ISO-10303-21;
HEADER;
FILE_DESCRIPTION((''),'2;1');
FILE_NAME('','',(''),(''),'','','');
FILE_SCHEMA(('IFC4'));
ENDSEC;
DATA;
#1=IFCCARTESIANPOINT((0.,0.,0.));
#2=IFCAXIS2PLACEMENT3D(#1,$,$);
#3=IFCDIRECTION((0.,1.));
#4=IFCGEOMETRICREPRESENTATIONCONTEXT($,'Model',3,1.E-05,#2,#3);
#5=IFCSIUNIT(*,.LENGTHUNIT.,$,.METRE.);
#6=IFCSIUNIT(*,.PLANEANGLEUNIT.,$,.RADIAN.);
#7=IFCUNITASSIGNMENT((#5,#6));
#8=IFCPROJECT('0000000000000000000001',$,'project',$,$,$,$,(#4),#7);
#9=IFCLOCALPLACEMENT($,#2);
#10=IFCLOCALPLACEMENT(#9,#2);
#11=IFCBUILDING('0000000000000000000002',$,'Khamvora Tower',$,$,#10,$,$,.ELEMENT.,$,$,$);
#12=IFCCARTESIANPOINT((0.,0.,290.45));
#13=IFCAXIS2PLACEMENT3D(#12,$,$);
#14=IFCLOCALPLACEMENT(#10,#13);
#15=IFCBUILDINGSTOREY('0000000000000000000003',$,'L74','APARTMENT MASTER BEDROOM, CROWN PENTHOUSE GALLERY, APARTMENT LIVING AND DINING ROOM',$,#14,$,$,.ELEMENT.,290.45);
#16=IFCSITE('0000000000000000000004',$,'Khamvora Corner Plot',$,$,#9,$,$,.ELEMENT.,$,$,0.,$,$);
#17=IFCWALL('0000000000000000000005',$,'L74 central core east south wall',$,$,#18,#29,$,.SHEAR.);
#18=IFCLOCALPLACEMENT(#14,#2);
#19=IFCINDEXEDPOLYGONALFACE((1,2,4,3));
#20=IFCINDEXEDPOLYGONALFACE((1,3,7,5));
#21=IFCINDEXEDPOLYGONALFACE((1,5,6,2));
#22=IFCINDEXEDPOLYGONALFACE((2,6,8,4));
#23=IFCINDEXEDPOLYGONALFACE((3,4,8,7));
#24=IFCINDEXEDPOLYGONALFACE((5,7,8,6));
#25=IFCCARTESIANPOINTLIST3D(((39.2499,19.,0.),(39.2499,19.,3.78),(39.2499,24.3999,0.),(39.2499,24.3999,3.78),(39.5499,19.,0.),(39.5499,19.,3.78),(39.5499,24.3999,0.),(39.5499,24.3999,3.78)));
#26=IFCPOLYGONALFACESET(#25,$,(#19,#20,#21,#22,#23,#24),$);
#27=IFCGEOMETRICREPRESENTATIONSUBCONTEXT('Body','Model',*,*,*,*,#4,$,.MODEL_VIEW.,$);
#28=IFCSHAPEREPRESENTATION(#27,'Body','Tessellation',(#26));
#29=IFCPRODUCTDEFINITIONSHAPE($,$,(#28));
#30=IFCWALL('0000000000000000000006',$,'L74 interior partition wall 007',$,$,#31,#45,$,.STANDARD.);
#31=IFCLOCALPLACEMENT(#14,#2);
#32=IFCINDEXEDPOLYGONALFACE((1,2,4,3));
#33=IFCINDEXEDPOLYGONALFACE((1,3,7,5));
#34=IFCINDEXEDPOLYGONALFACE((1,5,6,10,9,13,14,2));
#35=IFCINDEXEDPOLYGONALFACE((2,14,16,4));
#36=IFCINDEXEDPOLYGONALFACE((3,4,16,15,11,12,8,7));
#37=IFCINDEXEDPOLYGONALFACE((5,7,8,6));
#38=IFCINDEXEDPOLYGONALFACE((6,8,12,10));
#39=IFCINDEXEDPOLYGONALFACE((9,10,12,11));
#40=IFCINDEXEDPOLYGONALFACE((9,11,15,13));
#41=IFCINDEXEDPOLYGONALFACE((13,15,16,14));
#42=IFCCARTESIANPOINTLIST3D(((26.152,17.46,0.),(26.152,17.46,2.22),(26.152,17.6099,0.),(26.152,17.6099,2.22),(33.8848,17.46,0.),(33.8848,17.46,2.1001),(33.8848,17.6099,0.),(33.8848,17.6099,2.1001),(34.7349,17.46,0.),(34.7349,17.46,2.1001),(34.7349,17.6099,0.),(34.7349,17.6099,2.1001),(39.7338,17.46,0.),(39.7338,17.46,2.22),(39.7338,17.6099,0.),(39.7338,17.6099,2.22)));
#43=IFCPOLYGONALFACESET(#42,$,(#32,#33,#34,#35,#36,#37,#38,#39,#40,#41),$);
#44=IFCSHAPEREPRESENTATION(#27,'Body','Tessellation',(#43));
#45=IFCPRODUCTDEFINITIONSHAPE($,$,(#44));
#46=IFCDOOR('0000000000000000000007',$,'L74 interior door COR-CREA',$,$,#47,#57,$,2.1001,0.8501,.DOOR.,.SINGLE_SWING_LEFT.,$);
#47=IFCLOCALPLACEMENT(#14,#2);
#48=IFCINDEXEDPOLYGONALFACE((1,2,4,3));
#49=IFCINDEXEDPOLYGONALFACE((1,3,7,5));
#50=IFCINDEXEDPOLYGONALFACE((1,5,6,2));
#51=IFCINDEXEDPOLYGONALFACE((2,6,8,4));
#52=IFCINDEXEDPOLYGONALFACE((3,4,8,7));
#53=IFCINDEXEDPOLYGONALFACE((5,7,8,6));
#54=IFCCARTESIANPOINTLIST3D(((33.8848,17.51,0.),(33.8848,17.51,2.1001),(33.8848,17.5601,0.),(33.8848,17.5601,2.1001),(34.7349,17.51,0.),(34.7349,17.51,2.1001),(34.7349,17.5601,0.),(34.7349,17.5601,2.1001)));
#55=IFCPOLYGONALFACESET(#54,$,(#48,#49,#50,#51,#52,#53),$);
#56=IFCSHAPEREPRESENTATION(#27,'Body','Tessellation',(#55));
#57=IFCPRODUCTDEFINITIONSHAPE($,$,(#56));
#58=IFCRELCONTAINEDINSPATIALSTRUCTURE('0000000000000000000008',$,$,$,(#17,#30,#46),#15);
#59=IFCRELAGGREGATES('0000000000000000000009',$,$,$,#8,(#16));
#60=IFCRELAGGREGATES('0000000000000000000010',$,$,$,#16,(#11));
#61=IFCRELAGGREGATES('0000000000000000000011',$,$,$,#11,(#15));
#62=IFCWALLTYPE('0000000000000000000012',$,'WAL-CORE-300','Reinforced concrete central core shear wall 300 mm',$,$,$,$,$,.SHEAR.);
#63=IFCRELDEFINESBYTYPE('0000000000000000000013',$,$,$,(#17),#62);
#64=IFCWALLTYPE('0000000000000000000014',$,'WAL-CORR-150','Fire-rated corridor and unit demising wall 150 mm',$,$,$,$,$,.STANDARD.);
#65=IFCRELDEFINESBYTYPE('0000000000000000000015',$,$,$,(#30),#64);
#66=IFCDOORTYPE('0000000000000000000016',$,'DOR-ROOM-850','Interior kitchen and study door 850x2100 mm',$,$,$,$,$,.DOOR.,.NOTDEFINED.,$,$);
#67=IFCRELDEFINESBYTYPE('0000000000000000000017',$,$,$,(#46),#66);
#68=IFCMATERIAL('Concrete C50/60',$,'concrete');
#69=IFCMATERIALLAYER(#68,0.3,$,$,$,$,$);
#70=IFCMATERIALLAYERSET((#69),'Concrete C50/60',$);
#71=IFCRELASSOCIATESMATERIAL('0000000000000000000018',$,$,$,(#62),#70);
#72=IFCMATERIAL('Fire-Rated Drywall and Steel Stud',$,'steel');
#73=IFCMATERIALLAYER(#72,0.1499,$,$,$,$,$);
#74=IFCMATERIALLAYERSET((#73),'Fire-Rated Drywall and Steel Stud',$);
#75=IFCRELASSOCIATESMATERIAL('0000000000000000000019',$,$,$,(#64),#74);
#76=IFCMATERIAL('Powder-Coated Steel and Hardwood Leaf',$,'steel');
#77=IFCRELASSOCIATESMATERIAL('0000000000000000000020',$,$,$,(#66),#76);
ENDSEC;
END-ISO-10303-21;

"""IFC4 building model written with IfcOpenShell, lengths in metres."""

from ifc_helpers import new_model, si_unit, direction, frame, frame_2d, origin, place, context, subcontext, project, spatial, rectangle, extrude, material, layer, layer_set, type_object, element, fill, save


model = new_model("IFC4")

# Units and contexts
model_context = context("Model", 3, precision=1e-05, world=origin(), true_north=direction((0.0, 1.0)))
body_context = subcontext(model_context, "Body", "Model", "MODEL_VIEW")
ifc_project = project(units=[si_unit("LENGTHUNIT", "METRE"), si_unit("PLANEANGLEUNIT", "RADIAN")], contexts=[model_context])

# Site, building, storey
site_placement = place(None, origin())
site = spatial("IfcSite", under=ifc_project, at=site_placement, Name="Khamvora Corner Plot", CompositionType="ELEMENT", RefElevation=0.0)
building_placement = place(site_placement, origin())
building = spatial("IfcBuilding", under=site, at=building_placement, Name="Khamvora Tower", CompositionType="ELEMENT")
storey_placement = place(building_placement, frame((0.0, 0.0, 290.45)))
storey = spatial("IfcBuildingStorey", under=building, at=storey_placement, Name="L74", Description="APARTMENT MASTER BEDROOM, CROWN PENTHOUSE GALLERY, APARTMENT LIVING AND DINING ROOM", CompositionType="ELEMENT", Elevation=290.45)

# Wall
ifc_material_1 = material(Name="Concrete C50/60", Category="concrete")
ifc_layer_1 = layer(ifc_material_1, 0.3)
ifc_layer_set_1 = layer_set([ifc_layer_1], Name="Concrete C50/60")
wall_type_1 = type_object("IfcWallType", Name="WAL-CORE-300", Description="Reinforced concrete central core shear wall 300 mm", PredefinedType="SHEAR", material=ifc_layer_set_1)
wall_1_placement = place(storey_placement, frame((39.3999, 19.0, 0.0), z_axis=(0.0, 0.0, 1.0), x_axis=(0.0, 1.0, 0.0)))
element("IfcWall", 1, at=wall_1_placement, inside=storey, type_object=wall_type_1, Name="L74 central core east south wall", PredefinedType="SHEAR", context=body_context, shape_type="SweptSolid", body=[
    extrude(rectangle(XDim=5.3999, YDim=0.3, at=frame_2d((2.7, 0.0))), origin(), (0.0, 0.0, 1.0), 3.78),
])

# Wall, opening, door
ifc_material_2 = material(Name="Fire-Rated Drywall and Steel Stud", Category="steel")
ifc_layer_2 = layer(ifc_material_2, 0.1499)
ifc_layer_set_2 = layer_set([ifc_layer_2], Name="Fire-Rated Drywall and Steel Stud")
wall_type_2 = type_object("IfcWallType", Name="WAL-CORR-150", Description="Fire-rated corridor and unit demising wall 150 mm", PredefinedType="STANDARD", material=ifc_layer_set_2)
wall_2_placement = place(storey_placement, frame((39.7339, 17.5349, 0.0), z_axis=(0.0, 0.0, 1.0), x_axis=(-1.0, 0.0, 0.0)))
wall_2 = element("IfcWall", 2, at=wall_2_placement, inside=storey, type_object=wall_type_2, Name="L74 interior partition wall 007", PredefinedType="STANDARD", context=body_context, shape_type="SweptSolid", body=[
    extrude(rectangle(XDim=13.5818, YDim=0.1499, at=frame_2d((6.791, 0.0))), origin(), (0.0, 0.0, 1.0), 2.22),
])
opening_placement = place(wall_2_placement, frame((4.999, 0.0, 0.0)))
opening = element("IfcOpeningElement", 3, at=opening_placement, cuts=wall_2, PredefinedType="OPENING", context=body_context, shape_type="SweptSolid", body=[
    extrude(rectangle(XDim=0.8501, YDim=2.1001, at=frame_2d((0.425, 1.05))), frame((0.0, 0.085, 0.0), z_axis=(0.0, -1.0, 0.0), x_axis=(1.0, 0.0, 0.0)), (0.0, 0.0, 1.0), 0.1699),
])
ifc_material_3 = material(Name="Powder-Coated Steel and Hardwood Leaf", Category="steel")
door_type = type_object("IfcDoorType", Name="DOR-ROOM-850", Description="Interior kitchen and study door 850x2100 mm", OperationType="NOTDEFINED", PredefinedType="DOOR", material=ifc_material_3)
door_placement = place(opening_placement, origin())
door = element("IfcDoor", 4, at=door_placement, inside=storey, type_object=door_type, Name="L74 interior door COR-CREA", OperationType="SINGLE_SWING_LEFT", OverallHeight=2.1001, OverallWidth=0.8501, PredefinedType="DOOR", context=body_context, shape_type="SweptSolid", body=[
    extrude(rectangle(XDim=0.8501, YDim=2.1001, at=frame_2d((0.425, 1.05))), frame((0.0, 0.0249, 0.0), z_axis=(0.0, -1.0, 0.0), x_axis=(1.0, 0.0, 0.0)), (0.0, 0.0, 1.0), 0.05),
])
fill(opening, door)

save(model, "model.ifc")
